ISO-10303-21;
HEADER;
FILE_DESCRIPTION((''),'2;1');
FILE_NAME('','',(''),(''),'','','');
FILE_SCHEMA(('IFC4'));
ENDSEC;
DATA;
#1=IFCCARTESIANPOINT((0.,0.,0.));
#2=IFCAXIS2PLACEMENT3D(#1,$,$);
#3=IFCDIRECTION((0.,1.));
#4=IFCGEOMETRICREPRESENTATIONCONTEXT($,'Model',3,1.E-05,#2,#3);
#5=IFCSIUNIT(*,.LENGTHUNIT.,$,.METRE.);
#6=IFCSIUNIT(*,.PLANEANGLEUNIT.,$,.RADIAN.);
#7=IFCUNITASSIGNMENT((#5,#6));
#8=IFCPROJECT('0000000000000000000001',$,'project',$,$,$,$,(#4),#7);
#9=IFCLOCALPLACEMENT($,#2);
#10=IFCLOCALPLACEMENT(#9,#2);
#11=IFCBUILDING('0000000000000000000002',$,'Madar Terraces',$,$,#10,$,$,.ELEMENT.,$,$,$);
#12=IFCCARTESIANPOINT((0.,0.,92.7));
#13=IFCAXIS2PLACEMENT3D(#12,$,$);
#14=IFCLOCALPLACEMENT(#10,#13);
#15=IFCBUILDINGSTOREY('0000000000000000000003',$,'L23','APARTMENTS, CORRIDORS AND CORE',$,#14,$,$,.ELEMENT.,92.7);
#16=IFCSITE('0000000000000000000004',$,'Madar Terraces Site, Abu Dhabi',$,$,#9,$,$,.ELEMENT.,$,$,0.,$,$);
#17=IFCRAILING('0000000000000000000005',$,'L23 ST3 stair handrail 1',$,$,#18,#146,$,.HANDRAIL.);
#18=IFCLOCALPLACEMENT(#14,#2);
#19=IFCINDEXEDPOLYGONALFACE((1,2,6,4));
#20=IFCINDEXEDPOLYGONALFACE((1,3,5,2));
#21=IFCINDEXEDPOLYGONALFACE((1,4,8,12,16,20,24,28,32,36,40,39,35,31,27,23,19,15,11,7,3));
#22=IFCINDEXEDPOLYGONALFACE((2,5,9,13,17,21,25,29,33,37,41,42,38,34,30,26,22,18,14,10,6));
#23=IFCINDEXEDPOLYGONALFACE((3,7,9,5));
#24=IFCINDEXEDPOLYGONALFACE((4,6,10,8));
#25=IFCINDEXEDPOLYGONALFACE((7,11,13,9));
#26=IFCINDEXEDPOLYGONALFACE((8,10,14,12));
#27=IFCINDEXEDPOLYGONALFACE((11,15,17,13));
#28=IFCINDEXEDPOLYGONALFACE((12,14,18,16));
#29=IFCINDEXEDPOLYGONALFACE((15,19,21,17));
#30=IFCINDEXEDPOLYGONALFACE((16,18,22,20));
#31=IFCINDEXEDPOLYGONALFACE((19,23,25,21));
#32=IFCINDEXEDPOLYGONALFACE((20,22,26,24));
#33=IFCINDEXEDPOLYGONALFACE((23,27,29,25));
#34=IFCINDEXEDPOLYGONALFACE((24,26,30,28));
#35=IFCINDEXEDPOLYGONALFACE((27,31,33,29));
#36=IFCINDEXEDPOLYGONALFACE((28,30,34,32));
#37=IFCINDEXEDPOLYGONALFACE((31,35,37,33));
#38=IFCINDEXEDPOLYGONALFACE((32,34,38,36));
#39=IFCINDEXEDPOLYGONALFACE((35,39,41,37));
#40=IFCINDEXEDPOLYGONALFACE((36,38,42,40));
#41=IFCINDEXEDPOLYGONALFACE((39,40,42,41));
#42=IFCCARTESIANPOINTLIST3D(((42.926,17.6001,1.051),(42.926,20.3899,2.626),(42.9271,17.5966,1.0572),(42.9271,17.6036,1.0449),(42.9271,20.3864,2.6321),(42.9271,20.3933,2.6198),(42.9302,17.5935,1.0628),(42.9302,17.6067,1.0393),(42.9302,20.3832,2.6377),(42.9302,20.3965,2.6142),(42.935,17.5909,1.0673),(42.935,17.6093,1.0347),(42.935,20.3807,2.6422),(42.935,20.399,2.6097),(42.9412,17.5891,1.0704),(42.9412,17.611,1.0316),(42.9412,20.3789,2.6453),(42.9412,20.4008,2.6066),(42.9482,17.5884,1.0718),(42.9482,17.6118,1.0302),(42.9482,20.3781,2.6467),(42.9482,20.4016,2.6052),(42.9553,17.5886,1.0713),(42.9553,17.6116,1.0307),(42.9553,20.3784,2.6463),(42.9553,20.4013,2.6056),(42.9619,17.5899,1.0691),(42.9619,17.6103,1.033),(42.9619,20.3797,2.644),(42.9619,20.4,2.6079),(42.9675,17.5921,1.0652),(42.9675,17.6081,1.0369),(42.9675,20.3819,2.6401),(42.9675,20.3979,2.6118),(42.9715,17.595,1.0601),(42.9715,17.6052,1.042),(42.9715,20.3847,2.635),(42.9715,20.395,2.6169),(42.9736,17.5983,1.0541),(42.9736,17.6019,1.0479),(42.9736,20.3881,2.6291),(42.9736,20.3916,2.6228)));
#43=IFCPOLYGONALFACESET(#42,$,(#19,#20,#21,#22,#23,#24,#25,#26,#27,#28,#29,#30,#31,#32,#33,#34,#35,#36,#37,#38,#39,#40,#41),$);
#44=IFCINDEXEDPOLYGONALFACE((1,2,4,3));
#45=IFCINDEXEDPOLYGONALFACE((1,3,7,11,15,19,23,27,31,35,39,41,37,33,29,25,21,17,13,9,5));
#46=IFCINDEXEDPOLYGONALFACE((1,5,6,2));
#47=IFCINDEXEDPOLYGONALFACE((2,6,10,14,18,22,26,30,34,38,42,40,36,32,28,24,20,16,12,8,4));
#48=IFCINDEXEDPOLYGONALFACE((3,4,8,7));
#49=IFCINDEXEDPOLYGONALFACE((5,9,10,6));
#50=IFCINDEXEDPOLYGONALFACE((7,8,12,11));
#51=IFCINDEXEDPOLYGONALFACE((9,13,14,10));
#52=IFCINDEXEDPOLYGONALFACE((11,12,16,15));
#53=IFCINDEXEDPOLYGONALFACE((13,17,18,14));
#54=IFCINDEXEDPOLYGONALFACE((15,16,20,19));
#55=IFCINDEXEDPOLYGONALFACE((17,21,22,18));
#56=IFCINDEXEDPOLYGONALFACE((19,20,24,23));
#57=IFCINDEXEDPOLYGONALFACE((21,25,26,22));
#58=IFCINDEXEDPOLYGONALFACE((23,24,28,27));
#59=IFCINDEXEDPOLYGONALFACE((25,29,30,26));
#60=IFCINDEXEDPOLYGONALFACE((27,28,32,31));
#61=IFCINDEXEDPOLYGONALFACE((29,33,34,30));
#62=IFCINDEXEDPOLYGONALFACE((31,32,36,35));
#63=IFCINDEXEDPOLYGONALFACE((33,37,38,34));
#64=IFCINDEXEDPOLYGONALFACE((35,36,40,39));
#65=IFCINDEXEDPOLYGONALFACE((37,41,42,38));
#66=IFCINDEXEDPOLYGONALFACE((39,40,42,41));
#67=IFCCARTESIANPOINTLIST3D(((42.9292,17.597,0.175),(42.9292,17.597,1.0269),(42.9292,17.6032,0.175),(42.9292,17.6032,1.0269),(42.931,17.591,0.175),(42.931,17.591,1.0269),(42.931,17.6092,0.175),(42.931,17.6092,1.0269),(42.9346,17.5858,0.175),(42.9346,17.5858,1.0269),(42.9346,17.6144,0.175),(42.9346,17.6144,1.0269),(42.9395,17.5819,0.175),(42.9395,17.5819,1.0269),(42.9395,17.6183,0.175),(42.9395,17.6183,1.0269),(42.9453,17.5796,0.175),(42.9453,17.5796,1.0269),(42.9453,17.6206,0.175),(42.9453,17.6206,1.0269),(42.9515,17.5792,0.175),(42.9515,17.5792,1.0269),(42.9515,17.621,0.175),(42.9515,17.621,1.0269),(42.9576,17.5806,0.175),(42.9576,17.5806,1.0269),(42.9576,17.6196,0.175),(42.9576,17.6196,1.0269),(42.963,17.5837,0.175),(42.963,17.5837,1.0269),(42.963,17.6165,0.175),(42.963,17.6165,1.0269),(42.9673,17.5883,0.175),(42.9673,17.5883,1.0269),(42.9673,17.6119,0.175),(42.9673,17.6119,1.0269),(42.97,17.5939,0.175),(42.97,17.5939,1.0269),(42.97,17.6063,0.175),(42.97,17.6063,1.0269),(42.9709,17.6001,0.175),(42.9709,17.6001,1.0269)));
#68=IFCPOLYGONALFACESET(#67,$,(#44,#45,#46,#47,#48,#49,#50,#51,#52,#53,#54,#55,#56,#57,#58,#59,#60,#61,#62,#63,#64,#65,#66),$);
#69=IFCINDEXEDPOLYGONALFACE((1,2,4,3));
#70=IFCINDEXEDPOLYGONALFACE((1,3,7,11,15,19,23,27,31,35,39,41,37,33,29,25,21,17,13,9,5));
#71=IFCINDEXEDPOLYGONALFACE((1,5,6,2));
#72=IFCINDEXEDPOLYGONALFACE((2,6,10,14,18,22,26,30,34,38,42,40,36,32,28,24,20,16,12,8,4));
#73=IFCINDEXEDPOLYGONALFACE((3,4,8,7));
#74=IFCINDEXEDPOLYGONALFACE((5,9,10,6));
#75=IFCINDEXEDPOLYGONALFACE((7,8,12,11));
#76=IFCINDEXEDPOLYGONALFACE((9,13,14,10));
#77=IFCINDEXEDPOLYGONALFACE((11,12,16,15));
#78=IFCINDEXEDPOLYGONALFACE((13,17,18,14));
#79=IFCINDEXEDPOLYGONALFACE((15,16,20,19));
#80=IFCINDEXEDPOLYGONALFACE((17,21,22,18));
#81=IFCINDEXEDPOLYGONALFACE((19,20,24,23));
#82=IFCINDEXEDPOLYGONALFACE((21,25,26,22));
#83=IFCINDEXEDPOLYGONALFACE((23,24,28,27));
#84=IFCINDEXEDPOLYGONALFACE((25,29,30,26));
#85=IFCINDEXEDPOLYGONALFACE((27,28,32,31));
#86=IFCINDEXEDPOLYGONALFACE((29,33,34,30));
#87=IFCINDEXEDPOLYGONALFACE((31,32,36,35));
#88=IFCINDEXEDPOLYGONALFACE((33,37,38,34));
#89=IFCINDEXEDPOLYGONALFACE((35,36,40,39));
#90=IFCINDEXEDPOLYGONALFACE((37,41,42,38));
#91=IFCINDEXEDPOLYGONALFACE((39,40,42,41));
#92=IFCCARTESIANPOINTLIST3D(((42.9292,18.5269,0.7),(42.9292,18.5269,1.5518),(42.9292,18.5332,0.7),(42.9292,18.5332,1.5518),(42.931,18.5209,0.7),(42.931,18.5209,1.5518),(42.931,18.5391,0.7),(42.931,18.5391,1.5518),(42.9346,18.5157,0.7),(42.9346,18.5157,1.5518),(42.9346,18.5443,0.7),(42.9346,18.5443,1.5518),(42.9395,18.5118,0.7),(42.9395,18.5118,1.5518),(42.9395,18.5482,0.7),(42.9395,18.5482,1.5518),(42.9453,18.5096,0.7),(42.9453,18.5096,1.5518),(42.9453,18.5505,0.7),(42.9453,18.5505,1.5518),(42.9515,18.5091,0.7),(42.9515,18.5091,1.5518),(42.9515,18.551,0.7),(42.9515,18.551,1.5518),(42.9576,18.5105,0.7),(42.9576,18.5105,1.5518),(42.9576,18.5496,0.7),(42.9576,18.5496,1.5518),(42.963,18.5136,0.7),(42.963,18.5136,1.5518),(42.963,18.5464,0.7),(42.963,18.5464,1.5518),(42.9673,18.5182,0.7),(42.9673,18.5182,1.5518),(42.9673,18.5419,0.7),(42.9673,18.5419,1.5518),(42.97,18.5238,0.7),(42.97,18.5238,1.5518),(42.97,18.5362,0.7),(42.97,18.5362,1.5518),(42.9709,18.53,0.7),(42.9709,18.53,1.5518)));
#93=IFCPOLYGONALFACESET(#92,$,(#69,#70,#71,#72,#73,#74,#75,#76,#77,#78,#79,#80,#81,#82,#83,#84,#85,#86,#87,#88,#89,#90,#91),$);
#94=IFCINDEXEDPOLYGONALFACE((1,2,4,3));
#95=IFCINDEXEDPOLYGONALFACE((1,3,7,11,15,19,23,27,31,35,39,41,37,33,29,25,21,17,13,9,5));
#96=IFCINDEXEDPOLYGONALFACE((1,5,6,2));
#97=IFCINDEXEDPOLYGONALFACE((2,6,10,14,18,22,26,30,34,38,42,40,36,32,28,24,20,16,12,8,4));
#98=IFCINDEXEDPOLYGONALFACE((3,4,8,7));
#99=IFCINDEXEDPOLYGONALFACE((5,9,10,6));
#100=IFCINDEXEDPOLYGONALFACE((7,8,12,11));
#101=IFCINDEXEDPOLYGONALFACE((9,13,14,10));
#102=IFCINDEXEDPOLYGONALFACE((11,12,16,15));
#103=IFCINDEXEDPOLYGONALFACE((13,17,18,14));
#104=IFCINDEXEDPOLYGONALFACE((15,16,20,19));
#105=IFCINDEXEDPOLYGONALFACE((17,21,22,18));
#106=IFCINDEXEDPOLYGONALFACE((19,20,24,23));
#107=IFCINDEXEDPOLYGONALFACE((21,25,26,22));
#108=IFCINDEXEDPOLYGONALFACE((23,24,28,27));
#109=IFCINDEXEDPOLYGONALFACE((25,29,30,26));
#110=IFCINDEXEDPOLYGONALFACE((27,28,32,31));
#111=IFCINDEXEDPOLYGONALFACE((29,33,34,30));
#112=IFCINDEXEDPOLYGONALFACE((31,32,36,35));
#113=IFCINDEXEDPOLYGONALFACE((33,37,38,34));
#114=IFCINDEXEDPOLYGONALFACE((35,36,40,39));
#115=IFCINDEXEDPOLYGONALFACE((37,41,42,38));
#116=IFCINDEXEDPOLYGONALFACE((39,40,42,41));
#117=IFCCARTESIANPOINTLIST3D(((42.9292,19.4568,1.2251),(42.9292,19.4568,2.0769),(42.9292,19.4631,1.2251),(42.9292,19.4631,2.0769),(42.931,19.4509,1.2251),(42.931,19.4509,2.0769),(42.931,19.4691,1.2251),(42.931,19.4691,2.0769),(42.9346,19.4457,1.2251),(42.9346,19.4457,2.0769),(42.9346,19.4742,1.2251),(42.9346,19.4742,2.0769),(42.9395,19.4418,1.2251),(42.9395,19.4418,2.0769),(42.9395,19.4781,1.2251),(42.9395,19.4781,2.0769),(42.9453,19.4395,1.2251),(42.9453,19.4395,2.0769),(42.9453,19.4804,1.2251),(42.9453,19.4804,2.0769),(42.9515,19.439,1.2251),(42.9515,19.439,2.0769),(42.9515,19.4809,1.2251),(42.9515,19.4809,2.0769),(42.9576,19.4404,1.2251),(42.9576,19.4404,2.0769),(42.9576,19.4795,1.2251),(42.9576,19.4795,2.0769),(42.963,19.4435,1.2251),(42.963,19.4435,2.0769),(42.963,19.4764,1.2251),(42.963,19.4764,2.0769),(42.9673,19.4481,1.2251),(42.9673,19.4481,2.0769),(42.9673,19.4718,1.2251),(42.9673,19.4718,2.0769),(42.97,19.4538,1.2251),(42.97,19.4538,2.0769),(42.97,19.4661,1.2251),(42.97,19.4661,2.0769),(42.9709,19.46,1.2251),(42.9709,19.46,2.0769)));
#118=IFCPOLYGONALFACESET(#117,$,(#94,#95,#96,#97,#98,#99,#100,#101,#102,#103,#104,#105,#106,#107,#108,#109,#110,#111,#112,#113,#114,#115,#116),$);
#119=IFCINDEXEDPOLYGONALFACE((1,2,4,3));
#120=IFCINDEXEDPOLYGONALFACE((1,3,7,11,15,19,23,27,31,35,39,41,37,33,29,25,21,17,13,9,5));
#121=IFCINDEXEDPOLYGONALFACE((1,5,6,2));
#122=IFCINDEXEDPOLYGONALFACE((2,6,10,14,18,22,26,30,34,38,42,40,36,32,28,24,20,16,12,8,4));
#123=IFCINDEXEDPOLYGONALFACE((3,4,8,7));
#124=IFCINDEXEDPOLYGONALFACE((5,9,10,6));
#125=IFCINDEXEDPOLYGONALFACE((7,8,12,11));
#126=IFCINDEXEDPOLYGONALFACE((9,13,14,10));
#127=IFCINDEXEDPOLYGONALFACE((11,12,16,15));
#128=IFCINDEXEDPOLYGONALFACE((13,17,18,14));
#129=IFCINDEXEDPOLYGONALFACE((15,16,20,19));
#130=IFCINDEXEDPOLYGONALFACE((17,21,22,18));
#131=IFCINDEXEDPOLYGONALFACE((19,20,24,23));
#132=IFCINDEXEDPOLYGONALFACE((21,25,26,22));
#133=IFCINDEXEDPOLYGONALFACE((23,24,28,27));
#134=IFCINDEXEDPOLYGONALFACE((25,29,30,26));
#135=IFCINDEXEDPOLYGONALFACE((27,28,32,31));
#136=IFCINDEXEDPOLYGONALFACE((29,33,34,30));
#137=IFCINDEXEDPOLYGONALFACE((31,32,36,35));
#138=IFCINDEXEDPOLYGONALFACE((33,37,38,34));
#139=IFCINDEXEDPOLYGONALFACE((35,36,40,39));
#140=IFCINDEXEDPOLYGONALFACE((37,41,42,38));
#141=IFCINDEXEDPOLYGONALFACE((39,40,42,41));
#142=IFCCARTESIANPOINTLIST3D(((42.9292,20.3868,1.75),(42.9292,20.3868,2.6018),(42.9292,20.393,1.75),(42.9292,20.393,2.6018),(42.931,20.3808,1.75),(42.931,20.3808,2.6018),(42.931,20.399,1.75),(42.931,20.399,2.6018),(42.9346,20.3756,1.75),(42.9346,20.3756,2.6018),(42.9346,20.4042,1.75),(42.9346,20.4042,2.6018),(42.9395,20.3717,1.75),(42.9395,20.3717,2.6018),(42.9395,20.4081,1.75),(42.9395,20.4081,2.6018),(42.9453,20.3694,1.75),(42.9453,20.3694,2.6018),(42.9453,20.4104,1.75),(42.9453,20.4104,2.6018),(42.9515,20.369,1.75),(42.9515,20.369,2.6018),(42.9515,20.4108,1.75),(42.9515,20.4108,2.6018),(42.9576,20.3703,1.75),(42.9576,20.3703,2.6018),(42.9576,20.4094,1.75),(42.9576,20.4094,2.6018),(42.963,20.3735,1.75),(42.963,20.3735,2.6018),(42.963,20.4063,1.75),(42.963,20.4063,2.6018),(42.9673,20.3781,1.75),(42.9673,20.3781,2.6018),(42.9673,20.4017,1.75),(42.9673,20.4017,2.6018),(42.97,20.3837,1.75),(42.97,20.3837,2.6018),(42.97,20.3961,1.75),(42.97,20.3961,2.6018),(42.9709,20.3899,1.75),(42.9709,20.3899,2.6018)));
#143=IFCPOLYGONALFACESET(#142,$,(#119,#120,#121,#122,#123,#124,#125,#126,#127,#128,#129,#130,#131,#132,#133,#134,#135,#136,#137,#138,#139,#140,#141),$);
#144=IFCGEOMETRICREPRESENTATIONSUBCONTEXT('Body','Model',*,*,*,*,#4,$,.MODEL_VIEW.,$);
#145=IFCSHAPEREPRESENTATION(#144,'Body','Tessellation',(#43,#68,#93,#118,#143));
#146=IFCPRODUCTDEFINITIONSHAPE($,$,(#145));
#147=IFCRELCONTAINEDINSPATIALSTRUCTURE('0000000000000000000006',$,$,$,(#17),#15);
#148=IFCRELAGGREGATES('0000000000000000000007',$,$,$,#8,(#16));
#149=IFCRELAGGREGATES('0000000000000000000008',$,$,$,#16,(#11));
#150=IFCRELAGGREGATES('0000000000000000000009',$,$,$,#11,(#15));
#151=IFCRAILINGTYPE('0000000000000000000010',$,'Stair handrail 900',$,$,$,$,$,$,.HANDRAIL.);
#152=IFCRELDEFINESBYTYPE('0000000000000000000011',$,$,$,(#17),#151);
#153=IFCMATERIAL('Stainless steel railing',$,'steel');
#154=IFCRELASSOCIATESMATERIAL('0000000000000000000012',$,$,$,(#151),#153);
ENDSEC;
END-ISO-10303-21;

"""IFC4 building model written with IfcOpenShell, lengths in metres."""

from ifc_helpers import new_model, si_unit, direction, frame, origin, origin_2d, place, context, subcontext, project, spatial, circle, extrude, material, type_object, element, save


model = new_model("IFC4")

# Units and contexts
model_context = context("Model", 3, precision=1e-05, world=origin(), true_north=direction((0.0, 1.0)))
body_context = subcontext(model_context, "Body", "Model", "MODEL_VIEW")
ifc_project = project(units=[si_unit("LENGTHUNIT", "METRE"), si_unit("PLANEANGLEUNIT", "RADIAN")], contexts=[model_context])

# Site, building, storey
site_placement = place(None, origin())
site = spatial("IfcSite", under=ifc_project, at=site_placement, Name="Madar Terraces Site, Abu Dhabi", CompositionType="ELEMENT", RefElevation=0.0)
building_placement = place(site_placement, origin())
building = spatial("IfcBuilding", under=site, at=building_placement, Name="Madar Terraces", CompositionType="ELEMENT")
storey_placement = place(building_placement, frame((0.0, 0.0, 92.7)))
storey = spatial("IfcBuildingStorey", under=building, at=storey_placement, Name="L23", Description="APARTMENTS, CORRIDORS AND CORE", CompositionType="ELEMENT", Elevation=92.7)

# Railing
ifc_material_1 = material(Name="Stainless steel railing", Category="steel")
railing_type_1 = type_object("IfcRailingType", Name="Stair handrail 900", PredefinedType="HANDRAIL", material=ifc_material_1)
railing_1_placement = place(storey_placement, frame((42.95, 17.6001, 0.175)))
element("IfcRailing", 1, at=railing_1_placement, inside=storey, type_object=railing_type_1, Name="L23 ST3 stair handrail 1", PredefinedType="HANDRAIL", context=body_context, shape_type="SweptSolid", body=[
    extrude(circle(Radius=0.0239, at=origin_2d()), frame((0.0, 0.0, 0.876), z_axis=(0.0, 0.870815, 0.49161), x_axis=(-1.0, 0.0, 0.0)), (0.0, 0.0, 1.0), 3.2036),
    extrude(circle(Radius=0.021, at=origin_2d()), origin(), (0.0, 0.0, 1.0), 0.8518),
    extrude(circle(Radius=0.021, at=origin_2d()), frame((0.0, 0.9299, 0.5249)), (0.0, 0.0, 1.0), 0.8518),
    extrude(circle(Radius=0.021, at=origin_2d()), frame((0.0, 1.8599, 1.05)), (0.0, 0.0, 1.0), 0.8518),
    extrude(circle(Radius=0.021, at=origin_2d()), frame((0.0, 2.7898, 1.575)), (0.0, 0.0, 1.0), 0.8518),
])

save(model, "model.ifc")
